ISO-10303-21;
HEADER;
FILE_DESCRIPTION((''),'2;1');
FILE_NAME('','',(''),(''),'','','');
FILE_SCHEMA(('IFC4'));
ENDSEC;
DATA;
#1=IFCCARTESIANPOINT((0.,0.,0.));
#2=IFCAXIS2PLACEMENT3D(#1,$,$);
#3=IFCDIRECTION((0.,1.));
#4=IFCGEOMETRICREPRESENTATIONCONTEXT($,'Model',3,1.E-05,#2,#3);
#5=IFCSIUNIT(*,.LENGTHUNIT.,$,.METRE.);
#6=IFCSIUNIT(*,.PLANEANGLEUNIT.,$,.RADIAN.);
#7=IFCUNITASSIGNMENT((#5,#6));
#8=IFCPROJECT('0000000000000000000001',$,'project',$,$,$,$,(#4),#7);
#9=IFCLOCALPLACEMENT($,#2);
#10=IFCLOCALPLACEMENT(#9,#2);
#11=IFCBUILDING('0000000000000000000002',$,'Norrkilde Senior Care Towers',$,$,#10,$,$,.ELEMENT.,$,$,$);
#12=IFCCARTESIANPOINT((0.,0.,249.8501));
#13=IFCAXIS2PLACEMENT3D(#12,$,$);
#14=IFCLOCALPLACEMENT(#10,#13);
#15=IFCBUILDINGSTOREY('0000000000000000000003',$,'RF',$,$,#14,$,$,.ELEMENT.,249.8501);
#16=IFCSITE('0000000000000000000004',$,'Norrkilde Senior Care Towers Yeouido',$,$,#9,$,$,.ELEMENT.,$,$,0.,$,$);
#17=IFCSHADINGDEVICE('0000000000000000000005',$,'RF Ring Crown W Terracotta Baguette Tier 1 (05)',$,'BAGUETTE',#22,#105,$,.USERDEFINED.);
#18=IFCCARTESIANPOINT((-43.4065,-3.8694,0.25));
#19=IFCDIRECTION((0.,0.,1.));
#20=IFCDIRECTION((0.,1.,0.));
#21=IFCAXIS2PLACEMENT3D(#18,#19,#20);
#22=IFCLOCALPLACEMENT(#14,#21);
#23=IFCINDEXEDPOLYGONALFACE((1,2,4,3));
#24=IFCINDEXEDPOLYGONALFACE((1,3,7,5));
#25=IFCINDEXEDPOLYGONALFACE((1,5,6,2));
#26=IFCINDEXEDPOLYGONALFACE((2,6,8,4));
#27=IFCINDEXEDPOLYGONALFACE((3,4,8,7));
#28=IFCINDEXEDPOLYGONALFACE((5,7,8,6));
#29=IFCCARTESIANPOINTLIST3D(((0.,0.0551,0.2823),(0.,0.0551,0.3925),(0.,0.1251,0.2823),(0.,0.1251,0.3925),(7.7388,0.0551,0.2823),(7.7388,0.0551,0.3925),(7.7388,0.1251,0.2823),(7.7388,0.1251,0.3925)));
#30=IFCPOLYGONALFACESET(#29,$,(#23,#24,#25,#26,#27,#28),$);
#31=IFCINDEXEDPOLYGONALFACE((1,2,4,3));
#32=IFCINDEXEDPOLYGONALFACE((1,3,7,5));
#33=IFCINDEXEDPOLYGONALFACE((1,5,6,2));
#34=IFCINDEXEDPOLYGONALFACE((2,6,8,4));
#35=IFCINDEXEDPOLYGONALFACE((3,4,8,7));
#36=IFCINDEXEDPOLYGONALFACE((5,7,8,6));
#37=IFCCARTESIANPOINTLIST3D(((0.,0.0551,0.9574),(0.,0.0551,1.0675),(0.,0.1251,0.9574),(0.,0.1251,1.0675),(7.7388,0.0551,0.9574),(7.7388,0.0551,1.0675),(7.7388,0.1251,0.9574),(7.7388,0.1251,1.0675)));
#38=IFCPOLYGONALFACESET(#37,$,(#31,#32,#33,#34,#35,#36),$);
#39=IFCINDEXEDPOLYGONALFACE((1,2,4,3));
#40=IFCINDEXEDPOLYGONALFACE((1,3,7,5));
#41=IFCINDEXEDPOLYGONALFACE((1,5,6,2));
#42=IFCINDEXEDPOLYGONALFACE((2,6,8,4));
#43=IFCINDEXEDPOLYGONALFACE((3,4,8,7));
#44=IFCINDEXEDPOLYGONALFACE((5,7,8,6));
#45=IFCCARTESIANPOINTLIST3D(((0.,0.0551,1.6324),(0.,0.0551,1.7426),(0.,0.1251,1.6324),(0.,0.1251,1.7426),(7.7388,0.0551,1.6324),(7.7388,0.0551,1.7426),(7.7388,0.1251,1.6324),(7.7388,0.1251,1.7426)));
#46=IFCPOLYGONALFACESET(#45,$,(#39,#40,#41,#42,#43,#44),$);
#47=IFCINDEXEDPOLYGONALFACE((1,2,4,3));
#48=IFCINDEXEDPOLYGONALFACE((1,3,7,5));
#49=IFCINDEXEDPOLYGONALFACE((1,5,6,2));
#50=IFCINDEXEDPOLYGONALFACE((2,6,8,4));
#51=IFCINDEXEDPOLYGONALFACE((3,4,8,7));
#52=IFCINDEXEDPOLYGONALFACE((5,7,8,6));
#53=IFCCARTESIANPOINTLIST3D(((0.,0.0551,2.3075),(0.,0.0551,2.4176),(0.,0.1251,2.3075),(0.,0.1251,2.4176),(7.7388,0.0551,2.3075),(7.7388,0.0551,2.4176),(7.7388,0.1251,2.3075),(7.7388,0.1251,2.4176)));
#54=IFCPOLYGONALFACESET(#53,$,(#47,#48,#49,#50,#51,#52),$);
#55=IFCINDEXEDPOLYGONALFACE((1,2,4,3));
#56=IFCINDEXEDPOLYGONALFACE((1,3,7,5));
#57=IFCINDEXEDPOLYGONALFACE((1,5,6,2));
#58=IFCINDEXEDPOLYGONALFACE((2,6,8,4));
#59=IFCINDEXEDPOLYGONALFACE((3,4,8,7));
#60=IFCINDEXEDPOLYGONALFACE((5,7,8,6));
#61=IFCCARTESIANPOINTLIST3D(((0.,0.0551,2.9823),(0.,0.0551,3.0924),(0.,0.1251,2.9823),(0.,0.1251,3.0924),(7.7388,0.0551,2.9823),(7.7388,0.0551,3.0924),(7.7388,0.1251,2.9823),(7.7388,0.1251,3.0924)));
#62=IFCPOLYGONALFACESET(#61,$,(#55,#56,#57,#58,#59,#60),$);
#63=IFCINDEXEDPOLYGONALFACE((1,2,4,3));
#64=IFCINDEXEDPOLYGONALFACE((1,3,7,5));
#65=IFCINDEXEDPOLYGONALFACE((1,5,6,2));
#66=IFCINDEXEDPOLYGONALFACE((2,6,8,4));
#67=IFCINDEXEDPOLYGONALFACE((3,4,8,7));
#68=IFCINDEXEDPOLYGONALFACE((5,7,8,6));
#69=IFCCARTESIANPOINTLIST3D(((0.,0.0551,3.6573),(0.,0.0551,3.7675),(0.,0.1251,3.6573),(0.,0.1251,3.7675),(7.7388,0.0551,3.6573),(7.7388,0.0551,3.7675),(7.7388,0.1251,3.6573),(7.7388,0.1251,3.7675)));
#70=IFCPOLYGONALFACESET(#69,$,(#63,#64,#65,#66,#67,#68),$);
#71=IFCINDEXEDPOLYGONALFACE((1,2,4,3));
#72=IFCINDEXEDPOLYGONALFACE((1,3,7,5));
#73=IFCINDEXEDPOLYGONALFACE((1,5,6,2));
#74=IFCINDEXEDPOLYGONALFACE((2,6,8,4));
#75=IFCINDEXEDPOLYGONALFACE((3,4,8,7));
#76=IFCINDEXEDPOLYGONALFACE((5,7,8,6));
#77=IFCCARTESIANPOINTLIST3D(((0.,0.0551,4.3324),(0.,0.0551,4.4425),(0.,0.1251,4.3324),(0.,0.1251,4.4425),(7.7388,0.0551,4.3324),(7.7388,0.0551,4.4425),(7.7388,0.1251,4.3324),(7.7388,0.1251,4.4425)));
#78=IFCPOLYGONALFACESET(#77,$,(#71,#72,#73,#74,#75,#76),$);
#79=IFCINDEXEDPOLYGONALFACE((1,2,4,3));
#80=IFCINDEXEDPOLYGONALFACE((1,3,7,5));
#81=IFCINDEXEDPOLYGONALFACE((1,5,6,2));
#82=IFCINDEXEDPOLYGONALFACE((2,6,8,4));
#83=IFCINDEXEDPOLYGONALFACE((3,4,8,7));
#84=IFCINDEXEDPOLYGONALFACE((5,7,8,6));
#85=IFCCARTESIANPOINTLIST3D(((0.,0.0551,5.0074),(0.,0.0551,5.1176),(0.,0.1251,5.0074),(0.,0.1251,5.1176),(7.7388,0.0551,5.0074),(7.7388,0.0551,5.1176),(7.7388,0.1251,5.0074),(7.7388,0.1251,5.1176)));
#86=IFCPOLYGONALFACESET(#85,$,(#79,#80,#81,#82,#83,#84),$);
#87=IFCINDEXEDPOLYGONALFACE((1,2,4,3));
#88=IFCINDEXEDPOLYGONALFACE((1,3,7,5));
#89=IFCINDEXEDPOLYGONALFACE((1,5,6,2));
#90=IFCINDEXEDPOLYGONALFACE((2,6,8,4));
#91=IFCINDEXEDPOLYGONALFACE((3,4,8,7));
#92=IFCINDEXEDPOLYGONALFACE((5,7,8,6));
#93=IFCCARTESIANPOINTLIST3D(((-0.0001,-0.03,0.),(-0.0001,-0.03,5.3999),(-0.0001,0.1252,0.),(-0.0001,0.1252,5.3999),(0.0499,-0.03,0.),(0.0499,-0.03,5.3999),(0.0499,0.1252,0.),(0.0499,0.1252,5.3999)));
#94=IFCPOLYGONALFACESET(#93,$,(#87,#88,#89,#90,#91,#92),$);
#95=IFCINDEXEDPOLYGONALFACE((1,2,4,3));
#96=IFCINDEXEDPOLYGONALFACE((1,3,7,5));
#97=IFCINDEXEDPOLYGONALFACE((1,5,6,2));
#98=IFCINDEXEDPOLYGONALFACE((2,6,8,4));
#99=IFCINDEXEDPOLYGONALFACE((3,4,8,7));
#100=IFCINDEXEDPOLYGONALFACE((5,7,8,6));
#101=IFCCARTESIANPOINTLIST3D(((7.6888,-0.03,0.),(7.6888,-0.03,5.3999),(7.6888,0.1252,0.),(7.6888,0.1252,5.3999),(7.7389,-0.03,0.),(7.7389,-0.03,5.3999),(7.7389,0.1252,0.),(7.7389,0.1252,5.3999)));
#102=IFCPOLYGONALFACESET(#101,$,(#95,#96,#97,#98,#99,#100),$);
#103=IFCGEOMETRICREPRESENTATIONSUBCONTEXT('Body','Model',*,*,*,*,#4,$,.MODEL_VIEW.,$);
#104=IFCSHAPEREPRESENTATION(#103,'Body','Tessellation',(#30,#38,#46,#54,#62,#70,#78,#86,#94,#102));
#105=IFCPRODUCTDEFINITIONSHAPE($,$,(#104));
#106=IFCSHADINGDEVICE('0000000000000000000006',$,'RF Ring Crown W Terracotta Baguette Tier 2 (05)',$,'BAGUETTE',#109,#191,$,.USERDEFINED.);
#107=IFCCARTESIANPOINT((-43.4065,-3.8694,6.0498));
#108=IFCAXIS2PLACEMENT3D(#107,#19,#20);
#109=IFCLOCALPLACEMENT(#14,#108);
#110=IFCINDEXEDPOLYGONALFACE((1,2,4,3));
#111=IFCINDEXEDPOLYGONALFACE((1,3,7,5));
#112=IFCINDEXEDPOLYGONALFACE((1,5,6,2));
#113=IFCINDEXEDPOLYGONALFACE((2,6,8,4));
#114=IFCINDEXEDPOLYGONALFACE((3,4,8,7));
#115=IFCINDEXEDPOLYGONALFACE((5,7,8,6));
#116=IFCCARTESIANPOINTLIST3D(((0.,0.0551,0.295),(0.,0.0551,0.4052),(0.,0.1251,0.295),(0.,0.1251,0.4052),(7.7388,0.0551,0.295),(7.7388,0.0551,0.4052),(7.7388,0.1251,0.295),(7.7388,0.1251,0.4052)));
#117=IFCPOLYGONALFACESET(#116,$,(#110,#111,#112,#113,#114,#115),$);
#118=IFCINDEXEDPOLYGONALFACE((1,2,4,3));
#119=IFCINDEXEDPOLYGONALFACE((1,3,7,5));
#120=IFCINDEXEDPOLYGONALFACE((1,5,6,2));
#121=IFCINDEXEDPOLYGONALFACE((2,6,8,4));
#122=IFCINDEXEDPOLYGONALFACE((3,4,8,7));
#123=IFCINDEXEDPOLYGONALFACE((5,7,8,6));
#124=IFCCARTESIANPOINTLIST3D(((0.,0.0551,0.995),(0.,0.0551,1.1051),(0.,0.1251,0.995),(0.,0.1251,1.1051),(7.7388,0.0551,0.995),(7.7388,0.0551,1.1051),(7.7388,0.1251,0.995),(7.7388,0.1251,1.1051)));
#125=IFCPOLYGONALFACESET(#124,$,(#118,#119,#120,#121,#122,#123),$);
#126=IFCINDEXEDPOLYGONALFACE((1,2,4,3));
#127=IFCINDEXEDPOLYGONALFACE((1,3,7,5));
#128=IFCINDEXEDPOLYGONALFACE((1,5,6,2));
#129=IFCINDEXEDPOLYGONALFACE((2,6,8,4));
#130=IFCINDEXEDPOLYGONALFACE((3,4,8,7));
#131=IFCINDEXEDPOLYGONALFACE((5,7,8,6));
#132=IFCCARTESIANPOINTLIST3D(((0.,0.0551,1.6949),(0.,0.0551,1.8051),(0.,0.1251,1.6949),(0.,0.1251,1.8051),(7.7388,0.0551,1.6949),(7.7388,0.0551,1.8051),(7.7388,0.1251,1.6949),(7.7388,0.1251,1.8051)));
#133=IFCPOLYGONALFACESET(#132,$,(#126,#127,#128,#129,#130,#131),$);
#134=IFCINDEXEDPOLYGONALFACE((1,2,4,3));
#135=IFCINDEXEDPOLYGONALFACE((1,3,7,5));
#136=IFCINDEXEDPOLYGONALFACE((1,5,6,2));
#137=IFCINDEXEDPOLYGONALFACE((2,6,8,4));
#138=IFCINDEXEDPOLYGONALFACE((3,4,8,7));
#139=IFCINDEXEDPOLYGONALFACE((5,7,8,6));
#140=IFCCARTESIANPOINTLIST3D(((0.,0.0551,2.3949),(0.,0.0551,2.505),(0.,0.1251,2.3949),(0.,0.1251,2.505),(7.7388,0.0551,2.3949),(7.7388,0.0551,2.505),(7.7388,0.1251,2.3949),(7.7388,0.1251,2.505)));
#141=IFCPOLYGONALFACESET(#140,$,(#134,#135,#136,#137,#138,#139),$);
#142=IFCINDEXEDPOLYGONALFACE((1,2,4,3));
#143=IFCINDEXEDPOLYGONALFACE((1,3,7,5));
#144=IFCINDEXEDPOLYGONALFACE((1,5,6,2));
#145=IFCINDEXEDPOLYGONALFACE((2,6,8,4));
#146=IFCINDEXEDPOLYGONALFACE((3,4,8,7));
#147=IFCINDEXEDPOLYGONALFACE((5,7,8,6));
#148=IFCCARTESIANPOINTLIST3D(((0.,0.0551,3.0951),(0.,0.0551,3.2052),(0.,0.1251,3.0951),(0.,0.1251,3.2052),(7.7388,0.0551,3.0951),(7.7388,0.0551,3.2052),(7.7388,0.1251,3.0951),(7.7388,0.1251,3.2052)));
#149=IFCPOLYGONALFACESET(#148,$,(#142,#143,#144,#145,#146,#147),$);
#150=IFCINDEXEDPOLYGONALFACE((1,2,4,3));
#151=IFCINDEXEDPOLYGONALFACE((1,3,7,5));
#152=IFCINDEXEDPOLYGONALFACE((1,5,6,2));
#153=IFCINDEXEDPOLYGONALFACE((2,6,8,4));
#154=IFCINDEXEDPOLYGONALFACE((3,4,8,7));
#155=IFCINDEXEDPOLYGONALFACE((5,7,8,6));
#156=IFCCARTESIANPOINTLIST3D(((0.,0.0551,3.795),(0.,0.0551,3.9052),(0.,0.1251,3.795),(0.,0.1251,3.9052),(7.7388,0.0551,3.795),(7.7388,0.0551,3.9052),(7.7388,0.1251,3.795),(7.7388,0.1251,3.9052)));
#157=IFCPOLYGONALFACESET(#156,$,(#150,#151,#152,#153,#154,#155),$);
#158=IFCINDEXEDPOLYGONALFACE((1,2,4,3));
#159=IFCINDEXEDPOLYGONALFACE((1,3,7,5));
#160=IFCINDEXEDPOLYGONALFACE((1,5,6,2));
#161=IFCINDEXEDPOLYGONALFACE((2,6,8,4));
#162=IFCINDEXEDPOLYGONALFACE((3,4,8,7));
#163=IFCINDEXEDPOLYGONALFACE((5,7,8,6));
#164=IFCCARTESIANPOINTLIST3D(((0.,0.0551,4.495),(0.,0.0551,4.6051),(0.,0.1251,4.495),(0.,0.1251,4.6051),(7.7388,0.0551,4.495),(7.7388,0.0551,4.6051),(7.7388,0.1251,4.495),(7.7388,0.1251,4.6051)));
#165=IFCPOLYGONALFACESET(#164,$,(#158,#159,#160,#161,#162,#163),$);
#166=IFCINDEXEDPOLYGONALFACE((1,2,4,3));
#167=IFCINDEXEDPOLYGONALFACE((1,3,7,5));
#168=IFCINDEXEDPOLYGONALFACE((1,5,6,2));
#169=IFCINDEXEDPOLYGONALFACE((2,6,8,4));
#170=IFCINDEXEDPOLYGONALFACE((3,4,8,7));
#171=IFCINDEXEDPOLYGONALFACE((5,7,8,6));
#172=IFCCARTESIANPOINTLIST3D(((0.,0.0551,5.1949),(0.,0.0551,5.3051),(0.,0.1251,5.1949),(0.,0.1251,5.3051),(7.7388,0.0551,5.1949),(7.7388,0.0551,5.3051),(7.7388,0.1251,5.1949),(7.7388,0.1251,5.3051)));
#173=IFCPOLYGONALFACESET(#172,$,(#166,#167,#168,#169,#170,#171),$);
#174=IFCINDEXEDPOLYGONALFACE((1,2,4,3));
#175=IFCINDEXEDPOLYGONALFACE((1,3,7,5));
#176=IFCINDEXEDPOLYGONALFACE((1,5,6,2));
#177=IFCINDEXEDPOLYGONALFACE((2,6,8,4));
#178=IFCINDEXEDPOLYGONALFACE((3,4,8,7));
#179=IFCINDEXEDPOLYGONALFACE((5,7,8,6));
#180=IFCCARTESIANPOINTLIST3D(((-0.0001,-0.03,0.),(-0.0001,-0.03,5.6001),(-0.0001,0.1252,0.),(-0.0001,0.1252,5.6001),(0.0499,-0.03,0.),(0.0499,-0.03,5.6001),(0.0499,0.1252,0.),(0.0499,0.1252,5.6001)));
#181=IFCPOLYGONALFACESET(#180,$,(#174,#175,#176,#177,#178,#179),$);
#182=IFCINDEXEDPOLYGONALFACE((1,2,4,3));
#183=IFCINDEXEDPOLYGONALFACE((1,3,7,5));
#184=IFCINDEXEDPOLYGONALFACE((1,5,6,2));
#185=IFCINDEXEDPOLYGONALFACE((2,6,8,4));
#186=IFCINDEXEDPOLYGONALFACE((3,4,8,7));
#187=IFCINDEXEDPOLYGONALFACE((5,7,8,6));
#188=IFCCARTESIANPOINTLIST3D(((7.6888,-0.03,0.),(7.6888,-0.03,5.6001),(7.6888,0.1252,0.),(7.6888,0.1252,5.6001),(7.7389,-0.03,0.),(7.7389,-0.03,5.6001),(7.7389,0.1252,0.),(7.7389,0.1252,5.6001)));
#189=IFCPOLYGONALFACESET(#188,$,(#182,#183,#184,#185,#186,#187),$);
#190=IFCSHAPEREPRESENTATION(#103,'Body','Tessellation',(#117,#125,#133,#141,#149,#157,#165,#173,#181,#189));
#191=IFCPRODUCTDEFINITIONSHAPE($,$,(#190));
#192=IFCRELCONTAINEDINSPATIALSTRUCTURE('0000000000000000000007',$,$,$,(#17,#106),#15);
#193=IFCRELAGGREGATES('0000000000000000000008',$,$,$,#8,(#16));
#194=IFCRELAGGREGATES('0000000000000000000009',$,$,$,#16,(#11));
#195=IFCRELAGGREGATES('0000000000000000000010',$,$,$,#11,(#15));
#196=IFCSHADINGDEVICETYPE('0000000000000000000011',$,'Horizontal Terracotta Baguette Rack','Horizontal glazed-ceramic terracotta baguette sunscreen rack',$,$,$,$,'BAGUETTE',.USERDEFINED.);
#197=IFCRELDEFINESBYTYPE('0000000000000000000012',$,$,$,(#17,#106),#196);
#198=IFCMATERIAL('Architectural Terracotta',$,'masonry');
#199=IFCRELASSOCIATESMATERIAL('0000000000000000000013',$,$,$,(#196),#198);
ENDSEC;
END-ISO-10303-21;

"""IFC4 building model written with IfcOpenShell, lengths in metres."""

from ifc_helpers import new_model, si_unit, direction, frame, origin, origin_2d, place, context, subcontext, project, spatial, rectangle, extrude, source, transform, mapped, material, type_object, element, save


model = new_model("IFC4")

# Units and contexts
model_context = context("Model", 3, precision=1e-05, world=origin(), true_north=direction((0.0, 1.0)))
body_context = subcontext(model_context, "Body", "Model", "MODEL_VIEW")
ifc_project = project(units=[si_unit("LENGTHUNIT", "METRE"), si_unit("PLANEANGLEUNIT", "RADIAN")], contexts=[model_context])

# Site, building, storey
site_placement = place(None, origin())
site = spatial("IfcSite", under=ifc_project, at=site_placement, Name="Norrkilde Senior Care Towers Yeouido", CompositionType="ELEMENT", RefElevation=0.0)
building_placement = place(site_placement, origin())
building = spatial("IfcBuilding", under=site, at=building_placement, Name="Norrkilde Senior Care Towers", CompositionType="ELEMENT")
storey_placement = place(building_placement, frame((0.0, 0.0, 249.8501)))
storey = spatial("IfcBuildingStorey", under=building, at=storey_placement, Name="RF", CompositionType="ELEMENT", Elevation=249.8501)

# Shared definitions
ifc_material_1 = material(Name="Architectural Terracotta", Category="masonry")

# Shading devices
shading_device_type = type_object("IfcShadingDeviceType", Name="Horizontal Terracotta Baguette Rack", Description="Horizontal glazed-ceramic terracotta baguette sunscreen rack", ElementType="BAGUETTE", PredefinedType="USERDEFINED", material=ifc_material_1)
shared_shape_1 = source(origin(), body_context, "Body", "SweptSolid", [
    extrude(rectangle(XDim=0.0701, YDim=0.1101, at=origin_2d()), frame((0.0, 0.0901, 0.3374), z_axis=(1.0, 0.0, 0.0), x_axis=(0.0, 1.0, 0.0)), (0.0, 0.0, 1.0), 7.7388),
    extrude(rectangle(XDim=0.0701, YDim=0.1101, at=origin_2d()), frame((0.0, 0.0901, 1.0125), z_axis=(1.0, 0.0, 0.0), x_axis=(0.0, 1.0, 0.0)), (0.0, 0.0, 1.0), 7.7388),
    extrude(rectangle(XDim=0.0701, YDim=0.1101, at=origin_2d()), frame((0.0, 0.0901, 1.6875), z_axis=(1.0, 0.0, 0.0), x_axis=(0.0, 1.0, 0.0)), (0.0, 0.0, 1.0), 7.7388),
    extrude(rectangle(XDim=0.0701, YDim=0.1101, at=origin_2d()), frame((0.0, 0.0901, 2.3625), z_axis=(1.0, 0.0, 0.0), x_axis=(0.0, 1.0, 0.0)), (0.0, 0.0, 1.0), 7.7388),
    extrude(rectangle(XDim=0.0701, YDim=0.1101, at=origin_2d()), frame((0.0, 0.0901, 3.0374), z_axis=(1.0, 0.0, 0.0), x_axis=(0.0, 1.0, 0.0)), (0.0, 0.0, 1.0), 7.7388),
    extrude(rectangle(XDim=0.0701, YDim=0.1101, at=origin_2d()), frame((0.0, 0.0901, 3.7124), z_axis=(1.0, 0.0, 0.0), x_axis=(0.0, 1.0, 0.0)), (0.0, 0.0, 1.0), 7.7388),
    extrude(rectangle(XDim=0.0701, YDim=0.1101, at=origin_2d()), frame((0.0, 0.0901, 4.3875), z_axis=(1.0, 0.0, 0.0), x_axis=(0.0, 1.0, 0.0)), (0.0, 0.0, 1.0), 7.7388),
    extrude(rectangle(XDim=0.0701, YDim=0.1101, at=origin_2d()), frame((0.0, 0.0901, 5.0625), z_axis=(1.0, 0.0, 0.0), x_axis=(0.0, 1.0, 0.0)), (0.0, 0.0, 1.0), 7.7388),
    extrude(rectangle(XDim=0.05, YDim=0.1553, at=origin_2d()), frame((0.0249, 0.0476, 0.0)), (0.0, 0.0, 1.0), 5.3999),
    extrude(rectangle(XDim=0.05, YDim=0.1553, at=origin_2d()), frame((7.7139, 0.0476, 0.0)), (0.0, 0.0, 1.0), 5.3999),
])
shading_device_1_placement = place(storey_placement, frame((-43.4065, -3.8694, 0.25), z_axis=(0.0, 0.0, 1.0), x_axis=(0.0, 1.0, 0.0)))
element("IfcShadingDevice", 1, at=shading_device_1_placement, inside=storey, type_object=shading_device_type, Name="RF Ring Crown W Terracotta Baguette Tier 1 (05)", ObjectType="BAGUETTE", PredefinedType="USERDEFINED", context=body_context, shape_type="MappedRepresentation", body=[
    mapped(shared_shape_1, transform((0.0, 0.0, 0.0), x_axis=(1.0, 0.0, 0.0), y_axis=(0.0, 1.0, 0.0), z_axis=(0.0, 0.0, 1.0), scale=1.0)),
])
shared_shape_2 = source(origin(), body_context, "Body", "SweptSolid", [
    extrude(rectangle(XDim=0.0701, YDim=0.1101, at=origin_2d()), frame((0.0, 0.0901, 0.3501), z_axis=(1.0, 0.0, 0.0), x_axis=(0.0, 1.0, 0.0)), (0.0, 0.0, 1.0), 7.7388),
    extrude(rectangle(XDim=0.0701, YDim=0.1101, at=origin_2d()), frame((0.0, 0.0901, 1.05), z_axis=(1.0, 0.0, 0.0), x_axis=(0.0, 1.0, 0.0)), (0.0, 0.0, 1.0), 7.7388),
    extrude(rectangle(XDim=0.0701, YDim=0.1101, at=origin_2d()), frame((0.0, 0.0901, 1.75), z_axis=(1.0, 0.0, 0.0), x_axis=(0.0, 1.0, 0.0)), (0.0, 0.0, 1.0), 7.7388),
    extrude(rectangle(XDim=0.0701, YDim=0.1101, at=origin_2d()), frame((0.0, 0.0901, 2.45), z_axis=(1.0, 0.0, 0.0), x_axis=(0.0, 1.0, 0.0)), (0.0, 0.0, 1.0), 7.7388),
    extrude(rectangle(XDim=0.0701, YDim=0.1101, at=origin_2d()), frame((0.0, 0.0901, 3.1501), z_axis=(1.0, 0.0, 0.0), x_axis=(0.0, 1.0, 0.0)), (0.0, 0.0, 1.0), 7.7388),
    extrude(rectangle(XDim=0.0701, YDim=0.1101, at=origin_2d()), frame((0.0, 0.0901, 3.8501), z_axis=(1.0, 0.0, 0.0), x_axis=(0.0, 1.0, 0.0)), (0.0, 0.0, 1.0), 7.7388),
    extrude(rectangle(XDim=0.0701, YDim=0.1101, at=origin_2d()), frame((0.0, 0.0901, 4.55), z_axis=(1.0, 0.0, 0.0), x_axis=(0.0, 1.0, 0.0)), (0.0, 0.0, 1.0), 7.7388),
    extrude(rectangle(XDim=0.0701, YDim=0.1101, at=origin_2d()), frame((0.0, 0.0901, 5.25), z_axis=(1.0, 0.0, 0.0), x_axis=(0.0, 1.0, 0.0)), (0.0, 0.0, 1.0), 7.7388),
    extrude(rectangle(XDim=0.05, YDim=0.1553, at=origin_2d()), frame((0.0249, 0.0476, 0.0)), (0.0, 0.0, 1.0), 5.6001),
    extrude(rectangle(XDim=0.05, YDim=0.1553, at=origin_2d()), frame((7.7139, 0.0476, 0.0)), (0.0, 0.0, 1.0), 5.6001),
])
shading_device_2_placement = place(storey_placement, frame((-43.4065, -3.8694, 6.0498), z_axis=(0.0, 0.0, 1.0), x_axis=(0.0, 1.0, 0.0)))
element("IfcShadingDevice", 2, at=shading_device_2_placement, inside=storey, type_object=shading_device_type, Name="RF Ring Crown W Terracotta Baguette Tier 2 (05)", ObjectType="BAGUETTE", PredefinedType="USERDEFINED", context=body_context, shape_type="MappedRepresentation", body=[
    mapped(shared_shape_2, transform((0.0, 0.0, 0.0), x_axis=(1.0, 0.0, 0.0), y_axis=(0.0, 1.0, 0.0), z_axis=(0.0, 0.0, 1.0), scale=1.0)),
])

save(model, "model.ifc")
